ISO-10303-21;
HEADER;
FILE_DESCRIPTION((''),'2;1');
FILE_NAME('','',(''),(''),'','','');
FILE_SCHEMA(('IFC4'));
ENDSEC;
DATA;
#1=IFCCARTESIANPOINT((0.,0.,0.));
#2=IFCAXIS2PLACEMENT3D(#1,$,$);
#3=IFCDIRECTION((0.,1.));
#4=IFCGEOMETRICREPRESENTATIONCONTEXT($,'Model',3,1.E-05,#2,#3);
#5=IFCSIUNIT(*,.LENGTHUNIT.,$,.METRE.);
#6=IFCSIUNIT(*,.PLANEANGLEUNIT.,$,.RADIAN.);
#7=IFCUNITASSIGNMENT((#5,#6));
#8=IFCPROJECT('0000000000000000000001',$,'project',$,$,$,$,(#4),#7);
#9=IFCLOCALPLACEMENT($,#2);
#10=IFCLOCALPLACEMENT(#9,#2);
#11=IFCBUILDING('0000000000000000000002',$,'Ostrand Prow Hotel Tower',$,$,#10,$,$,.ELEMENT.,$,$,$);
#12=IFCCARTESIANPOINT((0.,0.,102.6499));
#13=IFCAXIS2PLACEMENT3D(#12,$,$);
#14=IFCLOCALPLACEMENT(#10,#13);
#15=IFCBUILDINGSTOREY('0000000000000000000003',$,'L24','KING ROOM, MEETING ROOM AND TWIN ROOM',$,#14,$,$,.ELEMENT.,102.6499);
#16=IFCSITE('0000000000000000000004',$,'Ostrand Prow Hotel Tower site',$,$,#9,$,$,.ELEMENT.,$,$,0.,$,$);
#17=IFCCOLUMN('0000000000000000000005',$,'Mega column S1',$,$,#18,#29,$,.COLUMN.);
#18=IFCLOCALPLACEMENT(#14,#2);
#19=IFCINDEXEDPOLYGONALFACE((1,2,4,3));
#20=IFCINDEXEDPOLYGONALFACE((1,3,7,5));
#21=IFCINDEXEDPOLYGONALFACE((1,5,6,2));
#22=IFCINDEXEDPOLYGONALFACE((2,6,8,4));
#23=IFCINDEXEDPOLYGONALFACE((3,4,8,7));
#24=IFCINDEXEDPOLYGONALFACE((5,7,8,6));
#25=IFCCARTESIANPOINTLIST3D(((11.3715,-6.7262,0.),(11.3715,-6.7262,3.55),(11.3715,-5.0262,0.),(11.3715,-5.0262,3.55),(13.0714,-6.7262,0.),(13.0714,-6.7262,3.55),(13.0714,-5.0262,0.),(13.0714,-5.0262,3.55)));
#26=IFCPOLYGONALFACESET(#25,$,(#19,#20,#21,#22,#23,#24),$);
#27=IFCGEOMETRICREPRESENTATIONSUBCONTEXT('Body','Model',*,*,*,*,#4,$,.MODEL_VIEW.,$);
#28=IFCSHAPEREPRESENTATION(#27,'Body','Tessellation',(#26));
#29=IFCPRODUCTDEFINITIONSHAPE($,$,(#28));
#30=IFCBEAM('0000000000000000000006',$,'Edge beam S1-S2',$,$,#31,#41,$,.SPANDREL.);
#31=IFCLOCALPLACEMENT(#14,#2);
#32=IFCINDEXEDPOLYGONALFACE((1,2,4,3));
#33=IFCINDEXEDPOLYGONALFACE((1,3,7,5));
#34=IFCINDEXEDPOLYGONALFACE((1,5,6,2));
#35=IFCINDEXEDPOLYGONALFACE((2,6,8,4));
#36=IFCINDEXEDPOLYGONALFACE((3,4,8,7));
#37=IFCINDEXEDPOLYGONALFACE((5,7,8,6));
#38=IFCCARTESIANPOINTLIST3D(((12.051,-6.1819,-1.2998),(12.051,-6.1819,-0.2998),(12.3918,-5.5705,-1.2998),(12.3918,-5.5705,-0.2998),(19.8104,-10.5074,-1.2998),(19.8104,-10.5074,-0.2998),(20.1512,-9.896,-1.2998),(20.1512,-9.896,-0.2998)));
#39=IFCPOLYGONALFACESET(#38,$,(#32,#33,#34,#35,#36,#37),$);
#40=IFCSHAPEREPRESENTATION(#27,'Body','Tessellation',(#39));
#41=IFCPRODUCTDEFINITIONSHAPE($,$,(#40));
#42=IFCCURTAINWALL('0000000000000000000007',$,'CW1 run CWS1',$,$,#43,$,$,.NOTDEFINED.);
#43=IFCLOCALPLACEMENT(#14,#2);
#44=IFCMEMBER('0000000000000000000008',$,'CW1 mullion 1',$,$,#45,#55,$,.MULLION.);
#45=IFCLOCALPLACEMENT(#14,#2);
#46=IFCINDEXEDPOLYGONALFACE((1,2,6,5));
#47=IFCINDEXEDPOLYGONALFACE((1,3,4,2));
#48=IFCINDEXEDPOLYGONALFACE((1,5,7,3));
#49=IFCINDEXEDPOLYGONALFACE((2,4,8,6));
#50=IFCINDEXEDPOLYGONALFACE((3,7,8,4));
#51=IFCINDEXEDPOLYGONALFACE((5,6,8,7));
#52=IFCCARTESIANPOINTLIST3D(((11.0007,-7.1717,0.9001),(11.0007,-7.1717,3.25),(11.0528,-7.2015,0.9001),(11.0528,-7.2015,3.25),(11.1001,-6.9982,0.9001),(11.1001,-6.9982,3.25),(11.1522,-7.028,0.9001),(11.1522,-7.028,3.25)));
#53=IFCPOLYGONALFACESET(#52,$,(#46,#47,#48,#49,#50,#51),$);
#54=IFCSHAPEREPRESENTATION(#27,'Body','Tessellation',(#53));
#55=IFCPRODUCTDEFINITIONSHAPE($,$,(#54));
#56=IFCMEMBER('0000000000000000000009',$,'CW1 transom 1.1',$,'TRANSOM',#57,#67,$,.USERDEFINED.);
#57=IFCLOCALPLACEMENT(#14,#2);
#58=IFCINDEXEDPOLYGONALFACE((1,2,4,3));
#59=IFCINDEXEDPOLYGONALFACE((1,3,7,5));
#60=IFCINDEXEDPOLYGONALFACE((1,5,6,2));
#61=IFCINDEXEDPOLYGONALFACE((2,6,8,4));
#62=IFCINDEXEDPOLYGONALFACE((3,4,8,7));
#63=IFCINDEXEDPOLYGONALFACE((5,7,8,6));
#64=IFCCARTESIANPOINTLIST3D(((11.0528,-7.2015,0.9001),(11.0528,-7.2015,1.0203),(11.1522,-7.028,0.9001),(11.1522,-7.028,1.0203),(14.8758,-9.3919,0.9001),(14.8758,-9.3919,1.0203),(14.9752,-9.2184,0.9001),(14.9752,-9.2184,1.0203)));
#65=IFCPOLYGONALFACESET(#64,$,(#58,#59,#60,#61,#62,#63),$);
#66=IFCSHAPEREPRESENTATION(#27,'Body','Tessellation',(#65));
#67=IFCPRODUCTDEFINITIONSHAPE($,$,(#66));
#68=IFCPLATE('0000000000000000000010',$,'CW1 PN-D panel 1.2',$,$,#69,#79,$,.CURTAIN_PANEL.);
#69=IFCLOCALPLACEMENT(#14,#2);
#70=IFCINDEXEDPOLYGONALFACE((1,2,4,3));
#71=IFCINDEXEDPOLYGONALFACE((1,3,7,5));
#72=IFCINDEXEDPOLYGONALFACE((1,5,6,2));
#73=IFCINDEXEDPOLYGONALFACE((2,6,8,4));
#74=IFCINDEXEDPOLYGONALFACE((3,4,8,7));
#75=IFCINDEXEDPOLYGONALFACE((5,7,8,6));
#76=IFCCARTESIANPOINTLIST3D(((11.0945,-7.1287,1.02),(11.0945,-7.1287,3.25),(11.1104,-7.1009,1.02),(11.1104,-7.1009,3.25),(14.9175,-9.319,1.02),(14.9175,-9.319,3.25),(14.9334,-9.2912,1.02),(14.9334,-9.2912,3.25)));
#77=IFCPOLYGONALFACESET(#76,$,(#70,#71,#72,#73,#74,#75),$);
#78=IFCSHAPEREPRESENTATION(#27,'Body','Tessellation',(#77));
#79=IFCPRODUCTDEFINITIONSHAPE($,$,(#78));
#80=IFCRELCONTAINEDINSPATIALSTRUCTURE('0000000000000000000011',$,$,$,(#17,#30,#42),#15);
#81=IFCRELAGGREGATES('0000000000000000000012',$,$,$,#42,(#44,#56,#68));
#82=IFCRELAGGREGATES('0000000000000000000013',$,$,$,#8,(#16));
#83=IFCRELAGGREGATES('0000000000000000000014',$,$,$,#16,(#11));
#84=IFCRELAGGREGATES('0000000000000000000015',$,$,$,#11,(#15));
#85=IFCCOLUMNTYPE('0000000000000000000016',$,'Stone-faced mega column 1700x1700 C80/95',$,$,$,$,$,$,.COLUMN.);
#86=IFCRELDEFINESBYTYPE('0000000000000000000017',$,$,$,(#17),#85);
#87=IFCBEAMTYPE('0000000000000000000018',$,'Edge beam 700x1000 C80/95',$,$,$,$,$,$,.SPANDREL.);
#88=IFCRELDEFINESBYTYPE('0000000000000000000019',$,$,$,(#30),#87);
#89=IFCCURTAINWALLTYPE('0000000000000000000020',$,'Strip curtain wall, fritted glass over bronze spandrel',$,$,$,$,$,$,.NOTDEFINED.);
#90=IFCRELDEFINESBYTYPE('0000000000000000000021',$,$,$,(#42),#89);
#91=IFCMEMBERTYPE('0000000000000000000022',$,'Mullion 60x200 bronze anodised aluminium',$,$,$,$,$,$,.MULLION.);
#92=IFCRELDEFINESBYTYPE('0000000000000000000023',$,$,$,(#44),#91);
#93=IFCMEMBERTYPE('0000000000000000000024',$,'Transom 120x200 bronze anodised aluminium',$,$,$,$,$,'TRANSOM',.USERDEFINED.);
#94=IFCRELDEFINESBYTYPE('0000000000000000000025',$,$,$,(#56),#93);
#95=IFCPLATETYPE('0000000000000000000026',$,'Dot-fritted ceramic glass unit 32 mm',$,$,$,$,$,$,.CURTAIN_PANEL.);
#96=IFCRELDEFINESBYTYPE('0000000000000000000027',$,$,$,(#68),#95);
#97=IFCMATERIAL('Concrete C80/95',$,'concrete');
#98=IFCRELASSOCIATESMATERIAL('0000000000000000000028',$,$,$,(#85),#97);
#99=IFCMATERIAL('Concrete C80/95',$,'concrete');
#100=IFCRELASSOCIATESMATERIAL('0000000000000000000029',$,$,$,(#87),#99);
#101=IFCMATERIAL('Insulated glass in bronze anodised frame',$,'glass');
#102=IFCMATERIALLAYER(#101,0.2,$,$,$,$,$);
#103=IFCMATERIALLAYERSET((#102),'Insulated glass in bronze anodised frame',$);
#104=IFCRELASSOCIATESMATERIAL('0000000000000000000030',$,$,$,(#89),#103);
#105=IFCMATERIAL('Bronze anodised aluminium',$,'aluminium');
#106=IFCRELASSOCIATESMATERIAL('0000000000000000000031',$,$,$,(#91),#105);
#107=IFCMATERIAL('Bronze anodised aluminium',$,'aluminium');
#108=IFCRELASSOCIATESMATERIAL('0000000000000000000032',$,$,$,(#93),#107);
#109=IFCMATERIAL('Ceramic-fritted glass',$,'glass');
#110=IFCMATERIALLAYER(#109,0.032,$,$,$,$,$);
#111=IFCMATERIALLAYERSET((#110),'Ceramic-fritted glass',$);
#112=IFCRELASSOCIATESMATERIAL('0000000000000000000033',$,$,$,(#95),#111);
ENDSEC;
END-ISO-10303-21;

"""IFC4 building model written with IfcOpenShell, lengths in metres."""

from ifc_helpers import new_model, si_unit, direction, frame, origin, origin_2d, place, context, subcontext, project, spatial, rectangle, extrude, material, layer, layer_set, material_profile, profile_set, type_object, element, aggregate, save


model = new_model("IFC4")

# Units and contexts
model_context = context("Model", 3, precision=1e-05, world=origin(), true_north=direction((0.0, 1.0)))
body_context = subcontext(model_context, "Body", "Model", "MODEL_VIEW")
ifc_project = project(units=[si_unit("LENGTHUNIT", "METRE"), si_unit("PLANEANGLEUNIT", "RADIAN")], contexts=[model_context])

# Site, building, storey
site_placement = place(None, origin())
site = spatial("IfcSite", under=ifc_project, at=site_placement, Name="Ostrand Prow Hotel Tower site", CompositionType="ELEMENT", RefElevation=0.0)
building_placement = place(site_placement, origin())
building = spatial("IfcBuilding", under=site, at=building_placement, Name="Ostrand Prow Hotel Tower", CompositionType="ELEMENT")
storey_placement = place(building_placement, frame((0.0, 0.0, 102.6499)))
storey = spatial("IfcBuildingStorey", under=building, at=storey_placement, Name="L24", Description="KING ROOM, MEETING ROOM AND TWIN ROOM", CompositionType="ELEMENT", Elevation=102.6499)

# Column
ifc_material_1 = material(Name="Concrete C80/95", Category="concrete")
ifc_material_profile_1 = material_profile(ifc_material_1, rectangle(XDim=1.7, YDim=1.7, at=origin_2d()), Name="RC 1700x1700")
ifc_profile_set_1 = profile_set([ifc_material_profile_1], Name="Concrete C80/95")
column_type = type_object("IfcColumnType", Name="Stone-faced mega column 1700x1700 C80/95", PredefinedType="COLUMN", material=ifc_profile_set_1)
column_placement = place(storey_placement, frame((12.2214, -5.8762, 0.0), z_axis=(0.0, 0.0, 1.0), x_axis=(1.0, 0.0, 0.0)))
element("IfcColumn", 1, at=column_placement, inside=storey, type_object=column_type, Name="Mega column S1", PredefinedType="COLUMN", context=body_context, shape_type="SweptSolid", body=[
    extrude(rectangle(XDim=1.7, YDim=1.7, at=origin_2d()), origin(), (0.0, 0.0, 1.0), 3.55),
])

# Beam
ifc_material_2 = material(Name="Concrete C80/95", Category="concrete")
ifc_material_profile_2 = material_profile(ifc_material_2, rectangle(XDim=0.7, YDim=1.0, at=origin_2d()), Name="RC 700x1000")
ifc_profile_set_2 = profile_set([ifc_material_profile_2], Name="Concrete C80/95")
beam_type = type_object("IfcBeamType", Name="Edge beam 700x1000 C80/95", PredefinedType="SPANDREL", material=ifc_profile_set_2)
beam_placement = place(storey_placement, frame((12.2214, -5.8762, -0.7998), z_axis=(0.873452, -0.486909, 0.0), x_axis=(0.486909, 0.873452, 0.0)))
element("IfcBeam", 2, at=beam_placement, inside=storey, type_object=beam_type, Name="Edge beam S1-S2", PredefinedType="SPANDREL", context=body_context, shape_type="SweptSolid", body=[
    extrude(rectangle(XDim=0.7, YDim=1.0, at=origin_2d()), origin(), (0.0, 0.0, 1.0), 8.8835),
])

# Curtain wall, members, plate
ifc_material_3 = material(Name="Insulated glass in bronze anodised frame", Category="glass")
ifc_layer_1 = layer(ifc_material_3, 0.2)
ifc_layer_set_1 = layer_set([ifc_layer_1], Name="Insulated glass in bronze anodised frame")
curtain_wall_type = type_object("IfcCurtainWallType", Name="Strip curtain wall, fritted glass over bronze spandrel", PredefinedType="NOTDEFINED", material=ifc_layer_set_1)
curtain_wall_placement = place(storey_placement, origin())
curtain_wall = element("IfcCurtainWall", 3, at=curtain_wall_placement, inside=storey, type_object=curtain_wall_type, Name="CW1 run CWS1", PredefinedType="NOTDEFINED")
ifc_material_4 = material(Name="Bronze anodised aluminium", Category="aluminium")
ifc_material_profile_3 = material_profile(ifc_material_4, rectangle(XDim=0.2, YDim=0.0601, at=origin_2d()), Name="Mullion 60x200 bronze anodised aluminium")
ifc_profile_set_3 = profile_set([ifc_material_profile_3], Name="Bronze anodised aluminium")
member_type_1 = type_object("IfcMemberType", Name="Mullion 60x200 bronze anodised aluminium", PredefinedType="MULLION", material=ifc_profile_set_3)
member_1_placement = place(storey_placement, frame((11.0764, -7.0999, 0.9001), z_axis=(0.0, 0.0, 1.0), x_axis=(0.497115, 0.867685, 0.0)))
member_1 = element("IfcMember", 4, at=member_1_placement, type_object=member_type_1, Name="CW1 mullion 1", PredefinedType="MULLION", context=body_context, shape_type="SweptSolid", body=[
    extrude(rectangle(XDim=0.2, YDim=0.0601, at=origin_2d()), origin(), (0.0, 0.0, 1.0), 2.3499),
])
ifc_material_5 = material(Name="Bronze anodised aluminium", Category="aluminium")
ifc_material_profile_4 = material_profile(ifc_material_5, rectangle(XDim=0.2, YDim=0.1201, at=origin_2d()), Name="Transom 120x200 bronze anodised aluminium")
ifc_profile_set_4 = profile_set([ifc_material_profile_4], Name="Bronze anodised aluminium")
member_type_2 = type_object("IfcMemberType", Name="Transom 120x200 bronze anodised aluminium", ElementType="TRANSOM", PredefinedType="USERDEFINED", material=ifc_profile_set_4)
member_2_placement = place(storey_placement, frame((11.1025, -7.1147, 0.9602), z_axis=(0.86767, -0.497141, 0.0), x_axis=(0.497141, 0.86767, 0.0)))
member_2 = element("IfcMember", 5, at=member_2_placement, type_object=member_type_2, Name="CW1 transom 1.1", ObjectType="TRANSOM", PredefinedType="USERDEFINED", context=body_context, shape_type="SweptSolid", body=[
    extrude(rectangle(XDim=0.2, YDim=0.1201, at=origin_2d()), origin(), (0.0, 0.0, 1.0), 4.406),
])
ifc_material_6 = material(Name="Ceramic-fritted glass", Category="glass")
ifc_layer_2 = layer(ifc_material_6, 0.032)
ifc_layer_set_2 = layer_set([ifc_layer_2], Name="Ceramic-fritted glass")
plate_type = type_object("IfcPlateType", Name="Dot-fritted ceramic glass unit 32 mm", PredefinedType="CURTAIN_PANEL", material=ifc_layer_set_2)
plate_placement = place(storey_placement, frame((13.0139, -8.21, 1.02), z_axis=(0.0, 0.0, 1.0), x_axis=(0.867685, -0.497115, 0.0)))
plate = element("IfcPlate", 6, at=plate_placement, type_object=plate_type, Name="CW1 PN-D panel 1.2", PredefinedType="CURTAIN_PANEL", context=body_context, shape_type="SweptSolid", body=[
    extrude(rectangle(XDim=4.406, YDim=0.032, at=origin_2d()), origin(), (0.0, 0.0, 1.0), 2.23),
])
aggregate(curtain_wall, [member_1, member_2, plate])

save(model, "model.ifc")
